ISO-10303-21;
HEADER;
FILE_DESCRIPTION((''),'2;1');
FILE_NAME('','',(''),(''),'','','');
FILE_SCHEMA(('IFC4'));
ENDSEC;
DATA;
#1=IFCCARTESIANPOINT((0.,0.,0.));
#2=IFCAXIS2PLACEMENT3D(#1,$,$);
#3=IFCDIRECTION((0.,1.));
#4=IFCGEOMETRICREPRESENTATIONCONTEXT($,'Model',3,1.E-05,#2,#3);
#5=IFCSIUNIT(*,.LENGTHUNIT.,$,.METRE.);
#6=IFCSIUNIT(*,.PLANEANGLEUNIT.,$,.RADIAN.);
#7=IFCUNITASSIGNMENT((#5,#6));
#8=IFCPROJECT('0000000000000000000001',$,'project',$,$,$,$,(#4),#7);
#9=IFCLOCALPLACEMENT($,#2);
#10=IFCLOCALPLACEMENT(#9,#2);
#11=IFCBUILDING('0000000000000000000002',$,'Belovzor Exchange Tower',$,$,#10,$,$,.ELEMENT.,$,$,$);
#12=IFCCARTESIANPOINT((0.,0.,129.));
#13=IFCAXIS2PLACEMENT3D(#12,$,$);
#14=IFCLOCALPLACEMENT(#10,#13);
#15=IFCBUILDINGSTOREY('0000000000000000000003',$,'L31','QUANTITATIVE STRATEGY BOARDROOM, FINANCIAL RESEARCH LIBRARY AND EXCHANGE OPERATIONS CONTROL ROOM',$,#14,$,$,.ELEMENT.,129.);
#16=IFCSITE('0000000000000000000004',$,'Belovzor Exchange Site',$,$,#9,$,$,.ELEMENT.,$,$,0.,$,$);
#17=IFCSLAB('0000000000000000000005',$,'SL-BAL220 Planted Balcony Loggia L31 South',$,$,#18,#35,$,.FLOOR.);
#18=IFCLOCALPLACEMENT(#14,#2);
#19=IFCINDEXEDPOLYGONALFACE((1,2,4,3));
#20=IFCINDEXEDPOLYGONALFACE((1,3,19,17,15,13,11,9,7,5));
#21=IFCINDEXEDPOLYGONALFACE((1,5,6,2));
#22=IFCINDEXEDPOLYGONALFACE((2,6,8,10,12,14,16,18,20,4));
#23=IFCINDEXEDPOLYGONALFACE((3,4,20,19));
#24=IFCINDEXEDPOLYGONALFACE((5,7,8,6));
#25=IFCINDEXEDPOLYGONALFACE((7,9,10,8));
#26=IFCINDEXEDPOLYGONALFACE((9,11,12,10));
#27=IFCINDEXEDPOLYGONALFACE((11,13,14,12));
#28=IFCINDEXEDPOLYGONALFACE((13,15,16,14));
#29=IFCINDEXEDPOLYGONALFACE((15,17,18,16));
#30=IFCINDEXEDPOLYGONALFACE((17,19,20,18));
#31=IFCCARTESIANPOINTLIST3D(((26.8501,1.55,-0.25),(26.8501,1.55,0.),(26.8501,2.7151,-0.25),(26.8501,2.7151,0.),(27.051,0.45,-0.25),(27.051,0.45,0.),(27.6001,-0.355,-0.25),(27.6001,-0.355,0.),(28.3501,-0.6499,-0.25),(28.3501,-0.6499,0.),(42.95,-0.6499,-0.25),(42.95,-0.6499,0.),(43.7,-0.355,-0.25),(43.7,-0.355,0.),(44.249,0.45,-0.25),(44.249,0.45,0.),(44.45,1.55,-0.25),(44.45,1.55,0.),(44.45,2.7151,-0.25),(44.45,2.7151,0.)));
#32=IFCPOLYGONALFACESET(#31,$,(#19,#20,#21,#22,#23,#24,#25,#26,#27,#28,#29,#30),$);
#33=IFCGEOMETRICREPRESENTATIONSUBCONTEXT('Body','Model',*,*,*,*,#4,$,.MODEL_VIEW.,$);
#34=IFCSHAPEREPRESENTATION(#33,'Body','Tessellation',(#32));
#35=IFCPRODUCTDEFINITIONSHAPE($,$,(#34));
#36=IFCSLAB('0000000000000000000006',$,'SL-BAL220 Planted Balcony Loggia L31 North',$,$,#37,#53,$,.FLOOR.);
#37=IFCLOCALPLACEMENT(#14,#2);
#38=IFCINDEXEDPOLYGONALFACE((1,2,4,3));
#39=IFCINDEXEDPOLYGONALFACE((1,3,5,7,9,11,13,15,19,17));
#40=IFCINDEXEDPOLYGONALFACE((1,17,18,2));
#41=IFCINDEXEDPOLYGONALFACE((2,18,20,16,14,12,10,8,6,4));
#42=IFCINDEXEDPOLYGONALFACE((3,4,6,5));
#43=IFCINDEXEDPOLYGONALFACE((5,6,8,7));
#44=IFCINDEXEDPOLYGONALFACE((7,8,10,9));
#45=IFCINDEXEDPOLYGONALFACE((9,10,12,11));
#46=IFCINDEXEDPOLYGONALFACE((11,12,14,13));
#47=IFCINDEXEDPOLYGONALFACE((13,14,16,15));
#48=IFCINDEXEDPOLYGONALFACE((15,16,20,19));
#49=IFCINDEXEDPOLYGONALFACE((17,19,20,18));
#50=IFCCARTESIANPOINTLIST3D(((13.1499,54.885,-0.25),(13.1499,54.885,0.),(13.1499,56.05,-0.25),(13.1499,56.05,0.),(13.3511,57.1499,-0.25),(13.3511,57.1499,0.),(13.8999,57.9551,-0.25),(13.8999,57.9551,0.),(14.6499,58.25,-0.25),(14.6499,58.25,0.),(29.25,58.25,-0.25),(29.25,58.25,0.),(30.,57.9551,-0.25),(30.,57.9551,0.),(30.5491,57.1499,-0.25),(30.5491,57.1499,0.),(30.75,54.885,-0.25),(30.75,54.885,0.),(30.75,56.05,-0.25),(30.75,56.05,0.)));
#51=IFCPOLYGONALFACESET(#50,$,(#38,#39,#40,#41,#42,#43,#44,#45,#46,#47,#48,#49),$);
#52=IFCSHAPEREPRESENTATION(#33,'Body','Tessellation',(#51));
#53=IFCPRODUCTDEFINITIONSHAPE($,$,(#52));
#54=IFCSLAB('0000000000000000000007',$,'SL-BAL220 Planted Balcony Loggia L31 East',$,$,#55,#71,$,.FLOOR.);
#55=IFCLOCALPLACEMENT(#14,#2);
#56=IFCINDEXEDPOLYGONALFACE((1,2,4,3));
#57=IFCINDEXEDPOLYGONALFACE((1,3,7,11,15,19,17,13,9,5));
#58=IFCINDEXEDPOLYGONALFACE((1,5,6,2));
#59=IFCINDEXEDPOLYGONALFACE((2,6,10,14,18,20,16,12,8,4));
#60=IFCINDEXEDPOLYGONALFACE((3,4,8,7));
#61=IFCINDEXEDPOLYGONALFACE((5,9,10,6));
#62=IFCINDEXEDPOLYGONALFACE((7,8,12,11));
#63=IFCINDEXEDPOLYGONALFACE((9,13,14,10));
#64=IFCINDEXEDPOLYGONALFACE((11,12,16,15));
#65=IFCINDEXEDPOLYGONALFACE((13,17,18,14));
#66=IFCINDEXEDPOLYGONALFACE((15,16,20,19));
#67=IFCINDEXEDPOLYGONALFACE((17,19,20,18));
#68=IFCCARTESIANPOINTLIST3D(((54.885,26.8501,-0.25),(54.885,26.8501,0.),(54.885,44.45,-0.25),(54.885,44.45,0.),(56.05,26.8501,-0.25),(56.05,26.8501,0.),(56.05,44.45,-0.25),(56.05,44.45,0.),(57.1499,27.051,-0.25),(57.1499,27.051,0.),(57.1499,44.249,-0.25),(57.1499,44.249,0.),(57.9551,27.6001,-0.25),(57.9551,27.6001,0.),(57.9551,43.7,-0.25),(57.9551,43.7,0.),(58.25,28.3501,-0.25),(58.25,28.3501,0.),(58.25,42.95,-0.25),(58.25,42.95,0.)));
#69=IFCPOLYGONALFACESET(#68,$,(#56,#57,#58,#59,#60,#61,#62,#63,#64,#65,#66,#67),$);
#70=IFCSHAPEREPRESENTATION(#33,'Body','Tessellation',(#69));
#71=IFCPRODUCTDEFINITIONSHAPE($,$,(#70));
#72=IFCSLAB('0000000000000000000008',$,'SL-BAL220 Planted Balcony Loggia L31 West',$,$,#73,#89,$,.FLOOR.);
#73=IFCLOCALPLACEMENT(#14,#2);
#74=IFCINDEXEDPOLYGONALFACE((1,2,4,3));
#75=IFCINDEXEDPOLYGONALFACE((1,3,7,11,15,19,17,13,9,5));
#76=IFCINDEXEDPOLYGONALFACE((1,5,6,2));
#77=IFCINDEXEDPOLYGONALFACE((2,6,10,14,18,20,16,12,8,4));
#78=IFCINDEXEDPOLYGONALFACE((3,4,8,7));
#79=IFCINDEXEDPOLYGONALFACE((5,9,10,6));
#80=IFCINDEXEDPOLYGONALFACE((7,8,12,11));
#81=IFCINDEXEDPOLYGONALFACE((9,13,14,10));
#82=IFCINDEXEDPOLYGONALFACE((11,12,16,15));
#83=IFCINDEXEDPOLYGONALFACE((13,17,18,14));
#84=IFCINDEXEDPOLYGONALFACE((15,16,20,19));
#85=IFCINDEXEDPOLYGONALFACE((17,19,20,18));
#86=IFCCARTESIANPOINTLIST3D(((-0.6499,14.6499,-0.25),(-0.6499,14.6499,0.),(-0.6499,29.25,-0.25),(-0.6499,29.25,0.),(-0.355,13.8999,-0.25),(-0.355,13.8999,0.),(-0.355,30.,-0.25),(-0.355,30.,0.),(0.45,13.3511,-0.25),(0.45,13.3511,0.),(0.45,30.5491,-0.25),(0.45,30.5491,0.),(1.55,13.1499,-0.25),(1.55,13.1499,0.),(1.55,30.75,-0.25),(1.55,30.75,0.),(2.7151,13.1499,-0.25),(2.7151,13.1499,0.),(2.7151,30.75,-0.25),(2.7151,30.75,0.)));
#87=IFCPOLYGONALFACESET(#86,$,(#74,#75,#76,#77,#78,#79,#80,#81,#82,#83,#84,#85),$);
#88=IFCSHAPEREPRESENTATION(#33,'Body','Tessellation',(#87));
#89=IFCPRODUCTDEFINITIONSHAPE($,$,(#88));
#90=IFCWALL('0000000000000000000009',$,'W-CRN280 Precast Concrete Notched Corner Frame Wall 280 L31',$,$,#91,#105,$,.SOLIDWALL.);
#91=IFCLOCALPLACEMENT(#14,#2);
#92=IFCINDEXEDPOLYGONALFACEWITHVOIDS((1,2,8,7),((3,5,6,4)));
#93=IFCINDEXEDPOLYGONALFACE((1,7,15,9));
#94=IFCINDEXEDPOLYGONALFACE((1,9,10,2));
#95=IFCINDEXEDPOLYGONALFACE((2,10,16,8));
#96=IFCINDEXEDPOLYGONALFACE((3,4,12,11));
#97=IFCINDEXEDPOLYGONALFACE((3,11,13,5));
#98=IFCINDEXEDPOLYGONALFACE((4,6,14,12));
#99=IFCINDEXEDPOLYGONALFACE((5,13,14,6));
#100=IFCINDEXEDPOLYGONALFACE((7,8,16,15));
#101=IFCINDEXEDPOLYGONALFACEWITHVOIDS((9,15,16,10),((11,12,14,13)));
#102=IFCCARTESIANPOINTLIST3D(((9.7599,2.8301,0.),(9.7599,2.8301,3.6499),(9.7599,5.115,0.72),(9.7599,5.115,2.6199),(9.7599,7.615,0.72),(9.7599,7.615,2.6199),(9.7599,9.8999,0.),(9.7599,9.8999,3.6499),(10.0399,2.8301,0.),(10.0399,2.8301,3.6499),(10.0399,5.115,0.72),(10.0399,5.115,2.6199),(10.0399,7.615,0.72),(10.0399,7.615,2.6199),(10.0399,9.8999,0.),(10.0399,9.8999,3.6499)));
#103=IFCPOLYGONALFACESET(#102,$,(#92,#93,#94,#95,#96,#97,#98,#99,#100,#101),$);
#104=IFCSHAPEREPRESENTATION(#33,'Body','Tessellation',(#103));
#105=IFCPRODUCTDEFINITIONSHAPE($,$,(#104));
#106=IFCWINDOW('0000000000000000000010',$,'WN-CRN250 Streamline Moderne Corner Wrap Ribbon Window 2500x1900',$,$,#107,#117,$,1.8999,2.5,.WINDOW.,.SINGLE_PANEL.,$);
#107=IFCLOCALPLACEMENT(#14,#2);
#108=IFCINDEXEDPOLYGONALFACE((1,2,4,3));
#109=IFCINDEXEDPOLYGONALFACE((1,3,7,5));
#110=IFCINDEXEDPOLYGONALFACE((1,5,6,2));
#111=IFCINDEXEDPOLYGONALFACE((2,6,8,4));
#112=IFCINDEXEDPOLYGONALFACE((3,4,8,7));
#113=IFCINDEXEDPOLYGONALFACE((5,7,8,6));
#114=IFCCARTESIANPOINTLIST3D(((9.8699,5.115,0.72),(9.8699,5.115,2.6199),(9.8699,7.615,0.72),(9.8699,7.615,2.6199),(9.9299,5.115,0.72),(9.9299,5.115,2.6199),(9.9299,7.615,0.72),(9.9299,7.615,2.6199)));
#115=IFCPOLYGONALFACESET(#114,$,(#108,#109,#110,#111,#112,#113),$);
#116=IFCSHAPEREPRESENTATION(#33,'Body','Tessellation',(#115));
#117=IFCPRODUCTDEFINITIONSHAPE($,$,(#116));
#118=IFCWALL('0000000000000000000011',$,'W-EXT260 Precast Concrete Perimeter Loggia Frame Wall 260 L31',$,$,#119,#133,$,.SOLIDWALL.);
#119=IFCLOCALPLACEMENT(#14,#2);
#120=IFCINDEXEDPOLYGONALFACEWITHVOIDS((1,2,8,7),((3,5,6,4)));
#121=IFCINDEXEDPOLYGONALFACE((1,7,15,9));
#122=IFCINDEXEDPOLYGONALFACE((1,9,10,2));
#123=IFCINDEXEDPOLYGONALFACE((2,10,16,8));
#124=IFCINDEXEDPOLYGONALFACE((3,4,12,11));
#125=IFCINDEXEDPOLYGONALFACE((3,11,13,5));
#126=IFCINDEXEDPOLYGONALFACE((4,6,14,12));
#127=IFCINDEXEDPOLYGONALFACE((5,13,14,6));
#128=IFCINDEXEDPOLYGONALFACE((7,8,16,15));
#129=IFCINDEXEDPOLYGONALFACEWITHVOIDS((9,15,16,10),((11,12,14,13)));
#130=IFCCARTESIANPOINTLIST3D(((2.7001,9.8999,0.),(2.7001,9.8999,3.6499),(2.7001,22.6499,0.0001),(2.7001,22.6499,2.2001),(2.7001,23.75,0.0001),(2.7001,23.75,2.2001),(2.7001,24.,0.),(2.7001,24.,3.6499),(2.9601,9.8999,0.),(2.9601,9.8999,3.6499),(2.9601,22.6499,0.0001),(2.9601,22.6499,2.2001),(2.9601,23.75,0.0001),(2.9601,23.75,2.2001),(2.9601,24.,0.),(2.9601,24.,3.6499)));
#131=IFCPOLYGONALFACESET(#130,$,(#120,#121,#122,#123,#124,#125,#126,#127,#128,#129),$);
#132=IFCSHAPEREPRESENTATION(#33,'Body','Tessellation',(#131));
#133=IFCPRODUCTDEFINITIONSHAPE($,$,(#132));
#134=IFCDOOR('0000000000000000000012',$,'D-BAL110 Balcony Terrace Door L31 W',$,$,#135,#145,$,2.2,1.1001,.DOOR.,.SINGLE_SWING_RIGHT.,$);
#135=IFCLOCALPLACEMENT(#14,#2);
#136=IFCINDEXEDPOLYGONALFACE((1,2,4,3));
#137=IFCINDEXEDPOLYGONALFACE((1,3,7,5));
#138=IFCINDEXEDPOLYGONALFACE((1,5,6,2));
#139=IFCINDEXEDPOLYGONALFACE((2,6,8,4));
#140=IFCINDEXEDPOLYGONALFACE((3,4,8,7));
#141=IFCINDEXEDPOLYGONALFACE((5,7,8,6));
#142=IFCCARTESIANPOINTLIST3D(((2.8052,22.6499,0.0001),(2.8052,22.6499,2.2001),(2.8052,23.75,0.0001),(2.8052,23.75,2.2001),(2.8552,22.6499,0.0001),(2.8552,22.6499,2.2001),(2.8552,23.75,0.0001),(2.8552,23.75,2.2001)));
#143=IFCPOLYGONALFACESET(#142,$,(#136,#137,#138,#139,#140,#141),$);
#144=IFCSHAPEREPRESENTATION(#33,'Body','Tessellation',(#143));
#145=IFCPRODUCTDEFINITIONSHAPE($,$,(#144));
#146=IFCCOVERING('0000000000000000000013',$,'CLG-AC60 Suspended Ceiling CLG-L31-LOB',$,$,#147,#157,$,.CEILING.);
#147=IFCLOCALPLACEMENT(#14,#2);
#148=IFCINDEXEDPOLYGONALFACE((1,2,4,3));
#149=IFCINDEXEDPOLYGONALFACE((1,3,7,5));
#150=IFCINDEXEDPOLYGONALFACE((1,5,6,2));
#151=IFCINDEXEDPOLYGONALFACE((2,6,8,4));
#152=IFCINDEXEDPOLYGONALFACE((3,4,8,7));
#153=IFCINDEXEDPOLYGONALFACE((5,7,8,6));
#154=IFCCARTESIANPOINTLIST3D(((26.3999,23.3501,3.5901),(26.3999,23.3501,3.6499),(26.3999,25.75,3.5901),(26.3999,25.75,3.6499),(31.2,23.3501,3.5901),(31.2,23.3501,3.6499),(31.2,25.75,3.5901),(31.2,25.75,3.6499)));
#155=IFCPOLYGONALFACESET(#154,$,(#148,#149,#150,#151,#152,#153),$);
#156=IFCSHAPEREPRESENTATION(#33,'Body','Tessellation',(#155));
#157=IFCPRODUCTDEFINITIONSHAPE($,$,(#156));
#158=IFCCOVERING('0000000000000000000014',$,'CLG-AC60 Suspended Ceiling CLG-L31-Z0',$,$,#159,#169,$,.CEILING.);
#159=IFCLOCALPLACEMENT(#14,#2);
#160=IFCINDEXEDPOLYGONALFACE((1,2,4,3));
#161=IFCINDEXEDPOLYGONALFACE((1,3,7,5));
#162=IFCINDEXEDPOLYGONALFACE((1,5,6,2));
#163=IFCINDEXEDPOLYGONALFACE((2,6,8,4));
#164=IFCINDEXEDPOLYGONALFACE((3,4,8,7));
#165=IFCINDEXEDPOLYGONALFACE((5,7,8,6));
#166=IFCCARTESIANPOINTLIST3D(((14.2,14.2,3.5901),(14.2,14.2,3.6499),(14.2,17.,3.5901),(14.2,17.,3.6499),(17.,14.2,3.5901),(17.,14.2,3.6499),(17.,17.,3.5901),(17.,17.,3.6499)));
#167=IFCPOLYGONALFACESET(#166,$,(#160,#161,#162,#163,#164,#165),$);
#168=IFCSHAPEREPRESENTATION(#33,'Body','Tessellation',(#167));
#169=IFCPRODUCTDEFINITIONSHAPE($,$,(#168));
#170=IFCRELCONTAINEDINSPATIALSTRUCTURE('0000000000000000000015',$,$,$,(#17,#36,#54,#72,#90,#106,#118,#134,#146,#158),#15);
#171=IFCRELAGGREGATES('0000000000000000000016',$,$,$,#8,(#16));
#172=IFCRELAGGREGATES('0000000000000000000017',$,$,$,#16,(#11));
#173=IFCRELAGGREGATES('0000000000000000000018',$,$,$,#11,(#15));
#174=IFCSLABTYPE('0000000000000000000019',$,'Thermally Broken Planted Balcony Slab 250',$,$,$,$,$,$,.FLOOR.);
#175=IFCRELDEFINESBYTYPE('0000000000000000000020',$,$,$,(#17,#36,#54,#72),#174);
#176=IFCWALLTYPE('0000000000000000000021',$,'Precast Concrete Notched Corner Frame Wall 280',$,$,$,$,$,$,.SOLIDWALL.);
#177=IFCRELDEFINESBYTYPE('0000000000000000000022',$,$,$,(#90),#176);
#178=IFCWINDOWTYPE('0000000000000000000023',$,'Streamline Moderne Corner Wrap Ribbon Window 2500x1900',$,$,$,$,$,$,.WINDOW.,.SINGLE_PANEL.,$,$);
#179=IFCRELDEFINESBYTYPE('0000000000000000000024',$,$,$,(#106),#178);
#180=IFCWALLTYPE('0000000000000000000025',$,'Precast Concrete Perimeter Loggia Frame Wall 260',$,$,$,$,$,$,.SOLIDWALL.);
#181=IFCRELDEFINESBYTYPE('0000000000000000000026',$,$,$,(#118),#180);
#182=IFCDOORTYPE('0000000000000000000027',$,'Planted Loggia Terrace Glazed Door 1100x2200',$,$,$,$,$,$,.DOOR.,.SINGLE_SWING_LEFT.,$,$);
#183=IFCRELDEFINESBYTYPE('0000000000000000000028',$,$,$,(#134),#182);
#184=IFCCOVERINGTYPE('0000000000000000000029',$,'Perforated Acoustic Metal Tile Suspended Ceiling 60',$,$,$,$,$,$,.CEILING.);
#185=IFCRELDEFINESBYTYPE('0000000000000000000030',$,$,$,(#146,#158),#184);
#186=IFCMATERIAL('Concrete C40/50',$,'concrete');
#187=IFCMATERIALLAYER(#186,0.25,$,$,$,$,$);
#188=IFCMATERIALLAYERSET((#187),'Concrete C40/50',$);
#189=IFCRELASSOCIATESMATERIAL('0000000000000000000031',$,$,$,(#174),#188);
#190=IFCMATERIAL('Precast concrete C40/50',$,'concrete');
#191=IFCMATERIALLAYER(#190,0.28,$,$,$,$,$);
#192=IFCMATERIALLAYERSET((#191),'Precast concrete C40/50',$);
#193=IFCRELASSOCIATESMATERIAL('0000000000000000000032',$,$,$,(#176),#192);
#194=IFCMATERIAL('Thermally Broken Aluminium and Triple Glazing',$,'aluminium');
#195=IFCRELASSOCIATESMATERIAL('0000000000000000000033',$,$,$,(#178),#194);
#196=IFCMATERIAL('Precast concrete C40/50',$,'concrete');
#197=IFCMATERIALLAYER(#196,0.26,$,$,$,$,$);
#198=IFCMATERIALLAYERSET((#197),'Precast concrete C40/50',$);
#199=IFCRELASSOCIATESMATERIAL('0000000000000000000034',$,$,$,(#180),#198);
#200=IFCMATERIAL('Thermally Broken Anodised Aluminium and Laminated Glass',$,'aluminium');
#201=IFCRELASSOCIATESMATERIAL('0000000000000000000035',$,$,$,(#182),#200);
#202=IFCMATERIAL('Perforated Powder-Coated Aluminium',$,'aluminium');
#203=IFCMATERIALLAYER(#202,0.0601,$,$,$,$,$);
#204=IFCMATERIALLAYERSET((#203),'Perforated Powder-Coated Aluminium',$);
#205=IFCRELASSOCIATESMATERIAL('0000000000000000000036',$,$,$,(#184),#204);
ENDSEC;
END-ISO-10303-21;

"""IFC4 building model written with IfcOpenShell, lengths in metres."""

from ifc_helpers import new_model, si_unit, direction, frame, frame_2d, origin, place, context, subcontext, project, spatial, polyline, rectangle, outline, extrude, material, layer, layer_set, type_object, element, fill, save


model = new_model("IFC4")

# Units and contexts
model_context = context("Model", 3, precision=1e-05, world=origin(), true_north=direction((0.0, 1.0)))
body_context = subcontext(model_context, "Body", "Model", "MODEL_VIEW")
ifc_project = project(units=[si_unit("LENGTHUNIT", "METRE"), si_unit("PLANEANGLEUNIT", "RADIAN")], contexts=[model_context])

# Site, building, storey
site_placement = place(None, origin())
site = spatial("IfcSite", under=ifc_project, at=site_placement, Name="Belovzor Exchange Site", CompositionType="ELEMENT", RefElevation=0.0)
building_placement = place(site_placement, origin())
building = spatial("IfcBuilding", under=site, at=building_placement, Name="Belovzor Exchange Tower", CompositionType="ELEMENT")
storey_placement = place(building_placement, frame((0.0, 0.0, 129.0)))
storey = spatial("IfcBuildingStorey", under=building, at=storey_placement, Name="L31", Description="QUANTITATIVE STRATEGY BOARDROOM, FINANCIAL RESEARCH LIBRARY AND EXCHANGE OPERATIONS CONTROL ROOM", CompositionType="ELEMENT", Elevation=129.0)

# Slabs
ifc_material_1 = material(Name="Concrete C40/50", Category="concrete")
ifc_layer_1 = layer(ifc_material_1, 0.25)
ifc_layer_set_1 = layer_set([ifc_layer_1], Name="Concrete C40/50")
slab_type_1 = type_object("IfcSlabType", Name="Thermally Broken Planted Balcony Slab 250", PredefinedType="FLOOR", material=ifc_layer_set_1)
slab_1_placement = place(storey_placement, frame((0.0, 0.0, -0.25)))
element("IfcSlab", 1, at=slab_1_placement, inside=storey, type_object=slab_type_1, Name="SL-BAL220 Planted Balcony Loggia L31 South", PredefinedType="FLOOR", context=body_context, shape_type="SweptSolid", body=[
    extrude(outline(polyline([(26.8501, 2.7151), (26.8501, 1.55), (27.051, 0.45), (27.6001, -0.355), (28.3501, -0.6499), (42.95, -0.6499), (43.7, -0.355), (44.249, 0.45), (44.45, 1.55), (44.45, 2.7151), (26.8501, 2.7151)])), origin(), (0.0, 0.0, 1.0), 0.25),
])
slab_2_placement = place(storey_placement, frame((0.0, 0.0, -0.25)))
element("IfcSlab", 2, at=slab_2_placement, inside=storey, type_object=slab_type_1, Name="SL-BAL220 Planted Balcony Loggia L31 North", PredefinedType="FLOOR", context=body_context, shape_type="SweptSolid", body=[
    extrude(outline(polyline([(30.75, 54.885), (30.75, 56.05), (30.5491, 57.1499), (30.0, 57.9551), (29.25, 58.25), (14.6499, 58.25), (13.8999, 57.9551), (13.3511, 57.1499), (13.1499, 56.05), (13.1499, 54.885), (30.75, 54.885)])), origin(), (0.0, 0.0, 1.0), 0.25),
])
slab_3_placement = place(storey_placement, frame((0.0, 0.0, -0.25)))
element("IfcSlab", 3, at=slab_3_placement, inside=storey, type_object=slab_type_1, Name="SL-BAL220 Planted Balcony Loggia L31 East", PredefinedType="FLOOR", context=body_context, shape_type="SweptSolid", body=[
    extrude(outline(polyline([(54.885, 26.8501), (56.05, 26.8501), (57.1499, 27.051), (57.9551, 27.6001), (58.25, 28.3501), (58.25, 42.95), (57.9551, 43.7), (57.1499, 44.249), (56.05, 44.45), (54.885, 44.45), (54.885, 26.8501)])), origin(), (0.0, 0.0, 1.0), 0.25),
])
slab_4_placement = place(storey_placement, frame((0.0, 0.0, -0.25)))
element("IfcSlab", 4, at=slab_4_placement, inside=storey, type_object=slab_type_1, Name="SL-BAL220 Planted Balcony Loggia L31 West", PredefinedType="FLOOR", context=body_context, shape_type="SweptSolid", body=[
    extrude(outline(polyline([(2.7151, 30.75), (1.55, 30.75), (0.45, 30.5491), (-0.355, 30.0), (-0.6499, 29.25), (-0.6499, 14.6499), (-0.355, 13.8999), (0.45, 13.3511), (1.55, 13.1499), (2.7151, 13.1499), (2.7151, 30.75)])), origin(), (0.0, 0.0, 1.0), 0.25),
])

# Wall, opening, window
ifc_material_2 = material(Name="Precast concrete C40/50", Category="concrete")
ifc_layer_2 = layer(ifc_material_2, 0.28)
ifc_layer_set_2 = layer_set([ifc_layer_2], Name="Precast concrete C40/50")
wall_type_1 = type_object("IfcWallType", Name="Precast Concrete Notched Corner Frame Wall 280", PredefinedType="SOLIDWALL", material=ifc_layer_set_2)
wall_1_placement = place(storey_placement, frame((9.8999, 2.8301, 0.0), z_axis=(0.0, 0.0, 1.0), x_axis=(0.0, 1.0, 0.0)))
wall_1 = element("IfcWall", 5, at=wall_1_placement, inside=storey, type_object=wall_type_1, Name="W-CRN280 Precast Concrete Notched Corner Frame Wall 280 L31", PredefinedType="SOLIDWALL", context=body_context, shape_type="SweptSolid", body=[
    extrude(rectangle(XDim=7.0698, YDim=0.28, at=frame_2d((3.5349, 0.0))), origin(), (0.0, 0.0, 1.0), 3.6499),
])
opening_1_placement = place(wall_1_placement, frame((2.2849, 0.0, 0.72)))
opening_1 = element("IfcOpeningElement", 6, at=opening_1_placement, cuts=wall_1, PredefinedType="OPENING", context=body_context, shape_type="SweptSolid", body=[
    extrude(rectangle(XDim=2.5, YDim=1.8999, at=frame_2d((1.25, 0.95))), frame((0.0, 0.1499, 0.0), z_axis=(0.0, -1.0, 0.0), x_axis=(1.0, 0.0, 0.0)), (0.0, 0.0, 1.0), 0.3),
])
ifc_material_3 = material(Name="Thermally Broken Aluminium and Triple Glazing", Category="aluminium")
window_type = type_object("IfcWindowType", Name="Streamline Moderne Corner Wrap Ribbon Window 2500x1900", PartitioningType="SINGLE_PANEL", PredefinedType="WINDOW", material=ifc_material_3)
window_placement = place(opening_1_placement, origin())
window = element("IfcWindow", 7, at=window_placement, inside=storey, type_object=window_type, Name="WN-CRN250 Streamline Moderne Corner Wrap Ribbon Window 2500x1900", OverallHeight=1.8999, OverallWidth=2.5, PartitioningType="SINGLE_PANEL", PredefinedType="WINDOW", context=body_context, shape_type="SweptSolid", body=[
    extrude(rectangle(XDim=2.5, YDim=1.8999, at=frame_2d((1.25, 0.95))), frame((0.0, 0.03, 0.0), z_axis=(0.0, -1.0, 0.0), x_axis=(1.0, 0.0, 0.0)), (0.0, 0.0, 1.0), 0.0601),
])
fill(opening_1, window)

# Wall, opening, door
ifc_material_4 = material(Name="Precast concrete C40/50", Category="concrete")
ifc_layer_3 = layer(ifc_material_4, 0.26)
ifc_layer_set_3 = layer_set([ifc_layer_3], Name="Precast concrete C40/50")
wall_type_2 = type_object("IfcWallType", Name="Precast Concrete Perimeter Loggia Frame Wall 260", PredefinedType="SOLIDWALL", material=ifc_layer_set_3)
wall_2_placement = place(storey_placement, frame((2.8301, 9.8999, 0.0), z_axis=(0.0, 0.0, 1.0), x_axis=(0.0, 1.0, 0.0)))
wall_2 = element("IfcWall", 8, at=wall_2_placement, inside=storey, type_object=wall_type_2, Name="W-EXT260 Precast Concrete Perimeter Loggia Frame Wall 260 L31", PredefinedType="SOLIDWALL", context=body_context, shape_type="SweptSolid", body=[
    extrude(rectangle(XDim=14.1001, YDim=0.26, at=frame_2d((7.05, 0.0))), origin(), (0.0, 0.0, 1.0), 3.6499),
])
opening_2_placement = place(wall_2_placement, frame((12.75, 0.0, 0.0)))
opening_2 = element("IfcOpeningElement", 9, at=opening_2_placement, cuts=wall_2, PredefinedType="OPENING", context=body_context, shape_type="SweptSolid", body=[
    extrude(rectangle(XDim=1.1001, YDim=2.2, at=frame_2d((0.55, 1.1001))), frame((0.0, 0.1399, 0.0), z_axis=(0.0, -1.0, 0.0), x_axis=(1.0, 0.0, 0.0)), (0.0, 0.0, 1.0), 0.28),
])
ifc_material_5 = material(Name="Thermally Broken Anodised Aluminium and Laminated Glass", Category="aluminium")
door_type = type_object("IfcDoorType", Name="Planted Loggia Terrace Glazed Door 1100x2200", OperationType="SINGLE_SWING_LEFT", PredefinedType="DOOR", material=ifc_material_5)
door_placement = place(opening_2_placement, origin())
door = element("IfcDoor", 10, at=door_placement, inside=storey, type_object=door_type, Name="D-BAL110 Balcony Terrace Door L31 W", OperationType="SINGLE_SWING_RIGHT", OverallHeight=2.2, OverallWidth=1.1001, PredefinedType="DOOR", context=body_context, shape_type="SweptSolid", body=[
    extrude(rectangle(XDim=1.1001, YDim=2.2, at=frame_2d((0.55, 1.1001))), frame((0.0, 0.0249, 0.0), z_axis=(0.0, -1.0, 0.0), x_axis=(1.0, 0.0, 0.0)), (0.0, 0.0, 1.0), 0.05),
])
fill(opening_2, door)

# Coverings
ifc_material_6 = material(Name="Perforated Powder-Coated Aluminium", Category="aluminium")
ifc_layer_4 = layer(ifc_material_6, 0.0601)
ifc_layer_set_4 = layer_set([ifc_layer_4], Name="Perforated Powder-Coated Aluminium")
covering_type_1 = type_object("IfcCoveringType", Name="Perforated Acoustic Metal Tile Suspended Ceiling 60", PredefinedType="CEILING", material=ifc_layer_set_4)
covering_1_placement = place(storey_placement, frame((0.0, 0.0, 3.5901)))
element("IfcCovering", 11, at=covering_1_placement, inside=storey, type_object=covering_type_1, Name="CLG-AC60 Suspended Ceiling CLG-L31-LOB", PredefinedType="CEILING", context=body_context, shape_type="SweptSolid", body=[
    extrude(outline(polyline([(26.3999, 23.3501), (31.2, 23.3501), (31.2, 25.75), (26.3999, 25.75), (26.3999, 23.3501)])), origin(), (0.0, 0.0, 1.0), 0.0598),
])
covering_2_placement = place(storey_placement, frame((0.0, 0.0, 3.5901)))
element("IfcCovering", 12, at=covering_2_placement, inside=storey, type_object=covering_type_1, Name="CLG-AC60 Suspended Ceiling CLG-L31-Z0", PredefinedType="CEILING", context=body_context, shape_type="SweptSolid", body=[
    extrude(outline(polyline([(14.2, 14.2), (17.0, 14.2), (17.0, 17.0), (14.2, 17.0), (14.2, 14.2)])), origin(), (0.0, 0.0, 1.0), 0.0598),
])

save(model, "model.ifc")
